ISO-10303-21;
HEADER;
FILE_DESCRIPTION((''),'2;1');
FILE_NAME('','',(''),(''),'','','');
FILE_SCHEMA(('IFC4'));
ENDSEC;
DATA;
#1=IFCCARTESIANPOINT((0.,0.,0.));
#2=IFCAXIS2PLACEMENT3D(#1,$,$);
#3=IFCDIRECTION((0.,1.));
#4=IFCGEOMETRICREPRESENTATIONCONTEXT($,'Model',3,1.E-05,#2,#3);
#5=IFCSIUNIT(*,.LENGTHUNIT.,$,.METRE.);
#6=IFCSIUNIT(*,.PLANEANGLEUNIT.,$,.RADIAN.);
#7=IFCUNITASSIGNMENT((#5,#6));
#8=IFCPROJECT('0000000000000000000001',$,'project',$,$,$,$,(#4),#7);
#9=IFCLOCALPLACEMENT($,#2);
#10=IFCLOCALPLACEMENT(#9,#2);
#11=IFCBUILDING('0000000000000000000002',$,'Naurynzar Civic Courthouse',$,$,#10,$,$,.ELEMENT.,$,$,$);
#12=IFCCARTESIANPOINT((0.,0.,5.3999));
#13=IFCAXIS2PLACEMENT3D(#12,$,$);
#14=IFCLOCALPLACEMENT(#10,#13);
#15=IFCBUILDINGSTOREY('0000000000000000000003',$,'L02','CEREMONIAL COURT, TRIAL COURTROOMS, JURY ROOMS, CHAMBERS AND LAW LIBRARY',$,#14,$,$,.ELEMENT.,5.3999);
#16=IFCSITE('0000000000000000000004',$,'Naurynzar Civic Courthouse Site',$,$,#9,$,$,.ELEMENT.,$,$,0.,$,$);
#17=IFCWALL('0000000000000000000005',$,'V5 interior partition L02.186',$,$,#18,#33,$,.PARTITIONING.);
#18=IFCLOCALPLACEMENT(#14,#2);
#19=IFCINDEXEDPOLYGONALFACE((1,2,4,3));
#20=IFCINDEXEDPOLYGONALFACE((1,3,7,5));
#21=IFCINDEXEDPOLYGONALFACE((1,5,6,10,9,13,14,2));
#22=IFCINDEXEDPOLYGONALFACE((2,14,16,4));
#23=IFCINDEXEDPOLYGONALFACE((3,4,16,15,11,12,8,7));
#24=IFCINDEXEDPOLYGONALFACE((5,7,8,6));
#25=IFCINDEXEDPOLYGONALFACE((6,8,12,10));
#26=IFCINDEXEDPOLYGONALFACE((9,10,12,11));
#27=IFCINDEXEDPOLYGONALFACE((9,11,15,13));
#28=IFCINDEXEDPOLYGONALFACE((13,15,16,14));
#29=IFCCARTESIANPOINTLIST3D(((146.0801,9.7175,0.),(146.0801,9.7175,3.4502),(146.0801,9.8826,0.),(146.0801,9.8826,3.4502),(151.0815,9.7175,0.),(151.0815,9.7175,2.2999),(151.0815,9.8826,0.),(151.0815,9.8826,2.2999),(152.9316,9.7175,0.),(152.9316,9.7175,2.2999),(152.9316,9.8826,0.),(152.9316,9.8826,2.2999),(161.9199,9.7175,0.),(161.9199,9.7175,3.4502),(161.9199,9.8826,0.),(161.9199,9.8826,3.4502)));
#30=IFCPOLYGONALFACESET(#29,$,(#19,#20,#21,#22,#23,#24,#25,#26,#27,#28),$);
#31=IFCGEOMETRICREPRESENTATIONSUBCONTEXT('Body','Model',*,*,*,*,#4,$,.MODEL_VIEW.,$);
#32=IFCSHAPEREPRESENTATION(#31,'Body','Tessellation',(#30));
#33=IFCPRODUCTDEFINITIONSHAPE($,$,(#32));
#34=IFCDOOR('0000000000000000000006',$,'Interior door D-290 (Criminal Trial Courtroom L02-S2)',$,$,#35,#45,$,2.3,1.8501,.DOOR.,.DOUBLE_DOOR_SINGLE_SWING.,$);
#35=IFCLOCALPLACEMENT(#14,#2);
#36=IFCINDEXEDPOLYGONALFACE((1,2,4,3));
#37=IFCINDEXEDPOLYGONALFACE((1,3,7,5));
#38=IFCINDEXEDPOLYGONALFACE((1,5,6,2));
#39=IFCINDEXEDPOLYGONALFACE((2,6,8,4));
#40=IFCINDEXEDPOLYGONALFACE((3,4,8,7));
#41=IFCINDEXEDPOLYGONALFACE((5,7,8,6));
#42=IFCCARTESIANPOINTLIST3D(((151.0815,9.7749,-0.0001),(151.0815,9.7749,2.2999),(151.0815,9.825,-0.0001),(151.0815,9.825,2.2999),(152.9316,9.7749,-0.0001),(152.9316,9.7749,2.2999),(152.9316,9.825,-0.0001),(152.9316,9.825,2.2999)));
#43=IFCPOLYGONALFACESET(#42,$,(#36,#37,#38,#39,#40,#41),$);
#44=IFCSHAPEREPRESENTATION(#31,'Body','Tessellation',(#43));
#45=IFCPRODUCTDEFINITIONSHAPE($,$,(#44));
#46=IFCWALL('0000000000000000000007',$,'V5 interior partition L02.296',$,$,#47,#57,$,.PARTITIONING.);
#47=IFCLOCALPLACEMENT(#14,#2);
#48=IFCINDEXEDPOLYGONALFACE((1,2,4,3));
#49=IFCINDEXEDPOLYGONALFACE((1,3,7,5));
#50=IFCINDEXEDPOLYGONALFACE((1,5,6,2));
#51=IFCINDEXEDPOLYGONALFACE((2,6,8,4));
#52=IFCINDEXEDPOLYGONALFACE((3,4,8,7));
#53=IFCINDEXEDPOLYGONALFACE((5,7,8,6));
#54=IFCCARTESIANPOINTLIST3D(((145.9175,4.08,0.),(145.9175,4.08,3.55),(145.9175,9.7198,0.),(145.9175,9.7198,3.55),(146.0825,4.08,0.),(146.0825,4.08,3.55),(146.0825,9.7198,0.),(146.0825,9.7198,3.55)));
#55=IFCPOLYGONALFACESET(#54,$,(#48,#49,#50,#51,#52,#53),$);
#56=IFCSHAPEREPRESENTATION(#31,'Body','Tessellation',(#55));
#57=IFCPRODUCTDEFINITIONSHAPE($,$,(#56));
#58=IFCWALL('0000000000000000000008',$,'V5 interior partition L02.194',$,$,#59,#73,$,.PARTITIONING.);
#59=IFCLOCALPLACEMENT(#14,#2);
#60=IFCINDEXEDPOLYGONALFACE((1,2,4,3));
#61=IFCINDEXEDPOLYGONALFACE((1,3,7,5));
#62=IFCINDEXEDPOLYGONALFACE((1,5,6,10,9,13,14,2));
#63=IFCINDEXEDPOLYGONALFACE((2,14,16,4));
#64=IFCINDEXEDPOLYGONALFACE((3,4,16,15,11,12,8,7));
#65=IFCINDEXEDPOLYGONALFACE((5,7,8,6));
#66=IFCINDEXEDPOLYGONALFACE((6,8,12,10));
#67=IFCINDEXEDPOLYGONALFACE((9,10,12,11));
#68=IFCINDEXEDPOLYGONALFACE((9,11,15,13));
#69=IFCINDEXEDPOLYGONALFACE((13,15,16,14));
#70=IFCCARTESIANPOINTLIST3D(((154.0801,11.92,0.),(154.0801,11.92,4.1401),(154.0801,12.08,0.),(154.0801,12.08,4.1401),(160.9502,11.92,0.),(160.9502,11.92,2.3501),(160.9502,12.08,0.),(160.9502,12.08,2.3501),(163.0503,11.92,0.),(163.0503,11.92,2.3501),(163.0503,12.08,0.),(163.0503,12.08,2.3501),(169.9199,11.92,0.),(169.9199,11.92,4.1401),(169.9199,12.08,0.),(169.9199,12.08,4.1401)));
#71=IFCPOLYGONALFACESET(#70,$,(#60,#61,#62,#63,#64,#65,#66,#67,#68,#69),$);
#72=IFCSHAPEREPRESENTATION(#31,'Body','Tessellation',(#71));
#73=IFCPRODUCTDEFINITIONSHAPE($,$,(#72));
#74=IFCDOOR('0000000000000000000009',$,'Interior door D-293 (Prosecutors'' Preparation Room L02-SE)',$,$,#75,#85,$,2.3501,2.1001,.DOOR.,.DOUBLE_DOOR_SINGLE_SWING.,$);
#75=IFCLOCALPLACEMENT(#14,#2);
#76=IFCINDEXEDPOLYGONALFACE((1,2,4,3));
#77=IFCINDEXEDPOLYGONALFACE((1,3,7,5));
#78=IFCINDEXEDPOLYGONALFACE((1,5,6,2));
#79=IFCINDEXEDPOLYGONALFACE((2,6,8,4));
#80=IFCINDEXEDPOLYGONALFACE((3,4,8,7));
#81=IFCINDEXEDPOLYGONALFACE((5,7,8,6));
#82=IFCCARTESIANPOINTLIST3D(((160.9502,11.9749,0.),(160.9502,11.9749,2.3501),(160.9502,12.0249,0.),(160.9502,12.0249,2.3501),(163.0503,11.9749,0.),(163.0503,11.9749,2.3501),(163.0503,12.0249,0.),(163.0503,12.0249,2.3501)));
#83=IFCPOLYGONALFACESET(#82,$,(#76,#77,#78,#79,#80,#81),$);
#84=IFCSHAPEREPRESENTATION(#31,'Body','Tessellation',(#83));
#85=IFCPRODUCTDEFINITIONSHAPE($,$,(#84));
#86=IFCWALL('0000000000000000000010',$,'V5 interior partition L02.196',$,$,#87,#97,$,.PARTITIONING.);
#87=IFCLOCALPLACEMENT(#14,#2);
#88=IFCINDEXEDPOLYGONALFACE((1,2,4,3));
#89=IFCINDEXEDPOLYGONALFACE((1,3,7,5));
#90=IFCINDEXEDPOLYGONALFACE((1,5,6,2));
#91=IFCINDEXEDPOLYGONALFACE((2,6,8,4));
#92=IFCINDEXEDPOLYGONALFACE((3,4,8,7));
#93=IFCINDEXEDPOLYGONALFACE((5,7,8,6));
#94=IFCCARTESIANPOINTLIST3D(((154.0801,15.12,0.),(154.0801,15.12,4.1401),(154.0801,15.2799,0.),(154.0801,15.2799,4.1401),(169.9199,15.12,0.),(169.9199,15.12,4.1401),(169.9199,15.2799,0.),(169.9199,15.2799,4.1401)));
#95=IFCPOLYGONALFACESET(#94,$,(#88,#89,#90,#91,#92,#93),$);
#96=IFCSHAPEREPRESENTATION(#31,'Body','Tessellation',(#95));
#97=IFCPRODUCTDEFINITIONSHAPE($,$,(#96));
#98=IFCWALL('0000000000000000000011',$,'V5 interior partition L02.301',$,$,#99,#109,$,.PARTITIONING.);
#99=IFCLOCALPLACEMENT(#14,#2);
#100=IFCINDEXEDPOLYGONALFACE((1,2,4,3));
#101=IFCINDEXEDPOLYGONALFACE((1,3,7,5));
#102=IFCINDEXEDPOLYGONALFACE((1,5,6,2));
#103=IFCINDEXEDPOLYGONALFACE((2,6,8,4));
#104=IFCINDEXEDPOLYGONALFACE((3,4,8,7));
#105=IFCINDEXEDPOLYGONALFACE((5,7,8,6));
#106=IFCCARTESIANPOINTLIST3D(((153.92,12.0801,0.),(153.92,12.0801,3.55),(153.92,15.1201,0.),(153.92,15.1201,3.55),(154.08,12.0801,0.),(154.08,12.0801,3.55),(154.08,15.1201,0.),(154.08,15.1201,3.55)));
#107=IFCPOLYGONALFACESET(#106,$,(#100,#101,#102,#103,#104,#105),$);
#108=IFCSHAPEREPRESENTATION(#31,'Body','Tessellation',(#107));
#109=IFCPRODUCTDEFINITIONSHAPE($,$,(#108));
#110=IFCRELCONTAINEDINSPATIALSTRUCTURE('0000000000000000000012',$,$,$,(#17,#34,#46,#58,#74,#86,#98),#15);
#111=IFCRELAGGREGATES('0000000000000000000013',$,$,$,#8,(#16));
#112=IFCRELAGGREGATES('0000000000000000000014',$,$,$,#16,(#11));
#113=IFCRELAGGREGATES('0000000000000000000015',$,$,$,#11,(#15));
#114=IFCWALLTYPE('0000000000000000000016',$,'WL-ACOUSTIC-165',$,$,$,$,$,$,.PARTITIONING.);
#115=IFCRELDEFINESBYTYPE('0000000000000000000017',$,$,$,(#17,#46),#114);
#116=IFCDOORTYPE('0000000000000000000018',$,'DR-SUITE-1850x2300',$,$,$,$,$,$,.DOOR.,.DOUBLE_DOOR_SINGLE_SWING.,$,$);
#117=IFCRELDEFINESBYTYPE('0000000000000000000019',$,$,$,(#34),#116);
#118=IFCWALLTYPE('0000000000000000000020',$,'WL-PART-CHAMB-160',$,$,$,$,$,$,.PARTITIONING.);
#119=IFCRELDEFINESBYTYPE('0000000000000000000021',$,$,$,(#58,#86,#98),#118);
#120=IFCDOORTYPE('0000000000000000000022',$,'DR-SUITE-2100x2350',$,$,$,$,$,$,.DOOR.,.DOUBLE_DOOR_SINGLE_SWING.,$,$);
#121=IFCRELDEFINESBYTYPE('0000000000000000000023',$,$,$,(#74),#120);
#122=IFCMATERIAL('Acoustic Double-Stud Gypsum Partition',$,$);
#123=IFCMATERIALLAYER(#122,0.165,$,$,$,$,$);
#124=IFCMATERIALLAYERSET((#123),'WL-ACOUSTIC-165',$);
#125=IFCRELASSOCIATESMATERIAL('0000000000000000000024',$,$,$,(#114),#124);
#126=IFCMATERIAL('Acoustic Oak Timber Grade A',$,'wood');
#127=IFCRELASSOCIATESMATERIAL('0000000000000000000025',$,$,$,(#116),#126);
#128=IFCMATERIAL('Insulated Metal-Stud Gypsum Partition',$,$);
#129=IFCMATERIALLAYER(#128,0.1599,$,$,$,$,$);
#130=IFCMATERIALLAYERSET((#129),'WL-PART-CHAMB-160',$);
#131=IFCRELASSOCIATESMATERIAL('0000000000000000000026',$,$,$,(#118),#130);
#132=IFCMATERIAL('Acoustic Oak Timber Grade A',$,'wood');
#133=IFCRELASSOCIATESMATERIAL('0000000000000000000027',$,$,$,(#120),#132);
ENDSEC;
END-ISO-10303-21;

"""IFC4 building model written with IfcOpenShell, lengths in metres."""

from ifc_helpers import new_model, si_unit, direction, frame, frame_2d, origin, place, context, subcontext, project, spatial, rectangle, extrude, material, layer, layer_set, type_object, element, fill, save


model = new_model("IFC4")

# Units and contexts
model_context = context("Model", 3, precision=1e-05, world=origin(), true_north=direction((0.0, 1.0)))
body_context = subcontext(model_context, "Body", "Model", "MODEL_VIEW")
ifc_project = project(units=[si_unit("LENGTHUNIT", "METRE"), si_unit("PLANEANGLEUNIT", "RADIAN")], contexts=[model_context])

# Site, building, storey
site_placement = place(None, origin())
site = spatial("IfcSite", under=ifc_project, at=site_placement, Name="Naurynzar Civic Courthouse Site", CompositionType="ELEMENT", RefElevation=0.0)
building_placement = place(site_placement, origin())
building = spatial("IfcBuilding", under=site, at=building_placement, Name="Naurynzar Civic Courthouse", CompositionType="ELEMENT")
storey_placement = place(building_placement, frame((0.0, 0.0, 5.3999)))
storey = spatial("IfcBuildingStorey", under=building, at=storey_placement, Name="L02", Description="CEREMONIAL COURT, TRIAL COURTROOMS, JURY ROOMS, CHAMBERS AND LAW LIBRARY", CompositionType="ELEMENT", Elevation=5.3999)

# Wall, opening, door
ifc_material_1 = material(Name="Acoustic Double-Stud Gypsum Partition")
ifc_layer_1 = layer(ifc_material_1, 0.165)
ifc_layer_set_1 = layer_set([ifc_layer_1], Name="WL-ACOUSTIC-165")
wall_type_1 = type_object("IfcWallType", Name="WL-ACOUSTIC-165", PredefinedType="PARTITIONING", material=ifc_layer_set_1)
wall_1_placement = place(storey_placement, frame((146.0801, 9.8, 0.0), z_axis=(0.0, 0.0, 1.0), x_axis=(1.0, 0.0, 0.0)))
wall_1 = element("IfcWall", 1, at=wall_1_placement, inside=storey, type_object=wall_type_1, Name="V5 interior partition L02.186", PredefinedType="PARTITIONING", context=body_context, shape_type="SweptSolid", body=[
    extrude(rectangle(XDim=15.8398, YDim=0.165, at=frame_2d((7.9199, 0.0))), origin(), (0.0, 0.0, 1.0), 3.4502),
])
opening_1_placement = place(wall_1_placement, frame((5.0015, 0.0, 0.0)))
opening_1 = element("IfcOpeningElement", 2, at=opening_1_placement, cuts=wall_1, PredefinedType="OPENING", context=body_context, shape_type="SweptSolid", body=[
    extrude(rectangle(XDim=1.8501, YDim=2.3, at=frame_2d((0.925, 1.1499))), frame((0.0, 0.0925, 0.0), z_axis=(0.0, -1.0, 0.0), x_axis=(1.0, 0.0, 0.0)), (0.0, 0.0, 1.0), 0.1851),
])
ifc_material_2 = material(Name="Acoustic Oak Timber Grade A", Category="wood")
door_type_1 = type_object("IfcDoorType", Name="DR-SUITE-1850x2300", OperationType="DOUBLE_DOOR_SINGLE_SWING", PredefinedType="DOOR", material=ifc_material_2)
door_1_placement = place(opening_1_placement, origin())
door_1 = element("IfcDoor", 3, at=door_1_placement, inside=storey, type_object=door_type_1, Name="Interior door D-290 (Criminal Trial Courtroom L02-S2)", OperationType="DOUBLE_DOOR_SINGLE_SWING", OverallHeight=2.3, OverallWidth=1.8501, PredefinedType="DOOR", context=body_context, shape_type="SweptSolid", body=[
    extrude(rectangle(XDim=1.8501, YDim=2.3, at=frame_2d((0.925, 1.1499))), frame((0.0, 0.0249, 0.0), z_axis=(0.0, -1.0, 0.0), x_axis=(1.0, 0.0, 0.0)), (0.0, 0.0, 1.0), 0.05),
])
fill(opening_1, door_1)

# Wall
wall_2_placement = place(storey_placement, frame((146.0, 4.0801, 0.0), z_axis=(0.0, 0.0, 1.0), x_axis=(0.0, 1.0, 0.0)))
element("IfcWall", 4, at=wall_2_placement, inside=storey, type_object=wall_type_1, Name="V5 interior partition L02.296", PredefinedType="PARTITIONING", context=body_context, shape_type="SweptSolid", body=[
    extrude(rectangle(XDim=5.6399, YDim=0.165, at=frame_2d((2.8198, 0.0))), origin(), (0.0, 0.0, 1.0), 3.55),
])

# Wall, opening, door
ifc_material_3 = material(Name="Insulated Metal-Stud Gypsum Partition")
ifc_layer_2 = layer(ifc_material_3, 0.1599)
ifc_layer_set_2 = layer_set([ifc_layer_2], Name="WL-PART-CHAMB-160")
wall_type_2 = type_object("IfcWallType", Name="WL-PART-CHAMB-160", PredefinedType="PARTITIONING", material=ifc_layer_set_2)
wall_3_placement = place(storey_placement, frame((154.0801, 12.0, 0.0), z_axis=(0.0, 0.0, 1.0), x_axis=(1.0, 0.0, 0.0)))
wall_3 = element("IfcWall", 5, at=wall_3_placement, inside=storey, type_object=wall_type_2, Name="V5 interior partition L02.194", PredefinedType="PARTITIONING", context=body_context, shape_type="SweptSolid", body=[
    extrude(rectangle(XDim=15.8398, YDim=0.1599, at=frame_2d((7.9199, 0.0))), origin(), (0.0, 0.0, 1.0), 4.1401),
])
opening_2_placement = place(wall_3_placement, frame((6.8701, 0.0, 0.0)))
opening_2 = element("IfcOpeningElement", 6, at=opening_2_placement, cuts=wall_3, PredefinedType="OPENING", context=body_context, shape_type="SweptSolid", body=[
    extrude(rectangle(XDim=2.1001, YDim=2.3501, at=frame_2d((1.05, 1.175))), frame((0.0, 0.0898, 0.0), z_axis=(0.0, -1.0, 0.0), x_axis=(1.0, 0.0, 0.0)), (0.0, 0.0, 1.0), 0.1799),
])
ifc_material_4 = material(Name="Acoustic Oak Timber Grade A", Category="wood")
door_type_2 = type_object("IfcDoorType", Name="DR-SUITE-2100x2350", OperationType="DOUBLE_DOOR_SINGLE_SWING", PredefinedType="DOOR", material=ifc_material_4)
door_2_placement = place(opening_2_placement, origin())
door_2 = element("IfcDoor", 7, at=door_2_placement, inside=storey, type_object=door_type_2, Name="Interior door D-293 (Prosecutors' Preparation Room L02-SE)", OperationType="DOUBLE_DOOR_SINGLE_SWING", OverallHeight=2.3501, OverallWidth=2.1001, PredefinedType="DOOR", context=body_context, shape_type="SweptSolid", body=[
    extrude(rectangle(XDim=2.1001, YDim=2.3501, at=frame_2d((1.05, 1.175))), frame((0.0, 0.0249, 0.0), z_axis=(0.0, -1.0, 0.0), x_axis=(1.0, 0.0, 0.0)), (0.0, 0.0, 1.0), 0.05),
])
fill(opening_2, door_2)

# Walls
wall_4_placement = place(storey_placement, frame((154.0801, 15.2, 0.0), z_axis=(0.0, 0.0, 1.0), x_axis=(1.0, 0.0, 0.0)))
element("IfcWall", 8, at=wall_4_placement, inside=storey, type_object=wall_type_2, Name="V5 interior partition L02.196", PredefinedType="PARTITIONING", context=body_context, shape_type="SweptSolid", body=[
    extrude(rectangle(XDim=15.8398, YDim=0.1599, at=frame_2d((7.9199, 0.0))), origin(), (0.0, 0.0, 1.0), 4.1401),
])
wall_5_placement = place(storey_placement, frame((154.0, 12.0801, 0.0), z_axis=(0.0, 0.0, 1.0), x_axis=(0.0, 1.0, 0.0)))
element("IfcWall", 9, at=wall_5_placement, inside=storey, type_object=wall_type_2, Name="V5 interior partition L02.301", PredefinedType="PARTITIONING", context=body_context, shape_type="SweptSolid", body=[
    extrude(rectangle(XDim=3.04, YDim=0.1599, at=frame_2d((1.52, 0.0))), origin(), (0.0, 0.0, 1.0), 3.55),
])

save(model, "model.ifc")
